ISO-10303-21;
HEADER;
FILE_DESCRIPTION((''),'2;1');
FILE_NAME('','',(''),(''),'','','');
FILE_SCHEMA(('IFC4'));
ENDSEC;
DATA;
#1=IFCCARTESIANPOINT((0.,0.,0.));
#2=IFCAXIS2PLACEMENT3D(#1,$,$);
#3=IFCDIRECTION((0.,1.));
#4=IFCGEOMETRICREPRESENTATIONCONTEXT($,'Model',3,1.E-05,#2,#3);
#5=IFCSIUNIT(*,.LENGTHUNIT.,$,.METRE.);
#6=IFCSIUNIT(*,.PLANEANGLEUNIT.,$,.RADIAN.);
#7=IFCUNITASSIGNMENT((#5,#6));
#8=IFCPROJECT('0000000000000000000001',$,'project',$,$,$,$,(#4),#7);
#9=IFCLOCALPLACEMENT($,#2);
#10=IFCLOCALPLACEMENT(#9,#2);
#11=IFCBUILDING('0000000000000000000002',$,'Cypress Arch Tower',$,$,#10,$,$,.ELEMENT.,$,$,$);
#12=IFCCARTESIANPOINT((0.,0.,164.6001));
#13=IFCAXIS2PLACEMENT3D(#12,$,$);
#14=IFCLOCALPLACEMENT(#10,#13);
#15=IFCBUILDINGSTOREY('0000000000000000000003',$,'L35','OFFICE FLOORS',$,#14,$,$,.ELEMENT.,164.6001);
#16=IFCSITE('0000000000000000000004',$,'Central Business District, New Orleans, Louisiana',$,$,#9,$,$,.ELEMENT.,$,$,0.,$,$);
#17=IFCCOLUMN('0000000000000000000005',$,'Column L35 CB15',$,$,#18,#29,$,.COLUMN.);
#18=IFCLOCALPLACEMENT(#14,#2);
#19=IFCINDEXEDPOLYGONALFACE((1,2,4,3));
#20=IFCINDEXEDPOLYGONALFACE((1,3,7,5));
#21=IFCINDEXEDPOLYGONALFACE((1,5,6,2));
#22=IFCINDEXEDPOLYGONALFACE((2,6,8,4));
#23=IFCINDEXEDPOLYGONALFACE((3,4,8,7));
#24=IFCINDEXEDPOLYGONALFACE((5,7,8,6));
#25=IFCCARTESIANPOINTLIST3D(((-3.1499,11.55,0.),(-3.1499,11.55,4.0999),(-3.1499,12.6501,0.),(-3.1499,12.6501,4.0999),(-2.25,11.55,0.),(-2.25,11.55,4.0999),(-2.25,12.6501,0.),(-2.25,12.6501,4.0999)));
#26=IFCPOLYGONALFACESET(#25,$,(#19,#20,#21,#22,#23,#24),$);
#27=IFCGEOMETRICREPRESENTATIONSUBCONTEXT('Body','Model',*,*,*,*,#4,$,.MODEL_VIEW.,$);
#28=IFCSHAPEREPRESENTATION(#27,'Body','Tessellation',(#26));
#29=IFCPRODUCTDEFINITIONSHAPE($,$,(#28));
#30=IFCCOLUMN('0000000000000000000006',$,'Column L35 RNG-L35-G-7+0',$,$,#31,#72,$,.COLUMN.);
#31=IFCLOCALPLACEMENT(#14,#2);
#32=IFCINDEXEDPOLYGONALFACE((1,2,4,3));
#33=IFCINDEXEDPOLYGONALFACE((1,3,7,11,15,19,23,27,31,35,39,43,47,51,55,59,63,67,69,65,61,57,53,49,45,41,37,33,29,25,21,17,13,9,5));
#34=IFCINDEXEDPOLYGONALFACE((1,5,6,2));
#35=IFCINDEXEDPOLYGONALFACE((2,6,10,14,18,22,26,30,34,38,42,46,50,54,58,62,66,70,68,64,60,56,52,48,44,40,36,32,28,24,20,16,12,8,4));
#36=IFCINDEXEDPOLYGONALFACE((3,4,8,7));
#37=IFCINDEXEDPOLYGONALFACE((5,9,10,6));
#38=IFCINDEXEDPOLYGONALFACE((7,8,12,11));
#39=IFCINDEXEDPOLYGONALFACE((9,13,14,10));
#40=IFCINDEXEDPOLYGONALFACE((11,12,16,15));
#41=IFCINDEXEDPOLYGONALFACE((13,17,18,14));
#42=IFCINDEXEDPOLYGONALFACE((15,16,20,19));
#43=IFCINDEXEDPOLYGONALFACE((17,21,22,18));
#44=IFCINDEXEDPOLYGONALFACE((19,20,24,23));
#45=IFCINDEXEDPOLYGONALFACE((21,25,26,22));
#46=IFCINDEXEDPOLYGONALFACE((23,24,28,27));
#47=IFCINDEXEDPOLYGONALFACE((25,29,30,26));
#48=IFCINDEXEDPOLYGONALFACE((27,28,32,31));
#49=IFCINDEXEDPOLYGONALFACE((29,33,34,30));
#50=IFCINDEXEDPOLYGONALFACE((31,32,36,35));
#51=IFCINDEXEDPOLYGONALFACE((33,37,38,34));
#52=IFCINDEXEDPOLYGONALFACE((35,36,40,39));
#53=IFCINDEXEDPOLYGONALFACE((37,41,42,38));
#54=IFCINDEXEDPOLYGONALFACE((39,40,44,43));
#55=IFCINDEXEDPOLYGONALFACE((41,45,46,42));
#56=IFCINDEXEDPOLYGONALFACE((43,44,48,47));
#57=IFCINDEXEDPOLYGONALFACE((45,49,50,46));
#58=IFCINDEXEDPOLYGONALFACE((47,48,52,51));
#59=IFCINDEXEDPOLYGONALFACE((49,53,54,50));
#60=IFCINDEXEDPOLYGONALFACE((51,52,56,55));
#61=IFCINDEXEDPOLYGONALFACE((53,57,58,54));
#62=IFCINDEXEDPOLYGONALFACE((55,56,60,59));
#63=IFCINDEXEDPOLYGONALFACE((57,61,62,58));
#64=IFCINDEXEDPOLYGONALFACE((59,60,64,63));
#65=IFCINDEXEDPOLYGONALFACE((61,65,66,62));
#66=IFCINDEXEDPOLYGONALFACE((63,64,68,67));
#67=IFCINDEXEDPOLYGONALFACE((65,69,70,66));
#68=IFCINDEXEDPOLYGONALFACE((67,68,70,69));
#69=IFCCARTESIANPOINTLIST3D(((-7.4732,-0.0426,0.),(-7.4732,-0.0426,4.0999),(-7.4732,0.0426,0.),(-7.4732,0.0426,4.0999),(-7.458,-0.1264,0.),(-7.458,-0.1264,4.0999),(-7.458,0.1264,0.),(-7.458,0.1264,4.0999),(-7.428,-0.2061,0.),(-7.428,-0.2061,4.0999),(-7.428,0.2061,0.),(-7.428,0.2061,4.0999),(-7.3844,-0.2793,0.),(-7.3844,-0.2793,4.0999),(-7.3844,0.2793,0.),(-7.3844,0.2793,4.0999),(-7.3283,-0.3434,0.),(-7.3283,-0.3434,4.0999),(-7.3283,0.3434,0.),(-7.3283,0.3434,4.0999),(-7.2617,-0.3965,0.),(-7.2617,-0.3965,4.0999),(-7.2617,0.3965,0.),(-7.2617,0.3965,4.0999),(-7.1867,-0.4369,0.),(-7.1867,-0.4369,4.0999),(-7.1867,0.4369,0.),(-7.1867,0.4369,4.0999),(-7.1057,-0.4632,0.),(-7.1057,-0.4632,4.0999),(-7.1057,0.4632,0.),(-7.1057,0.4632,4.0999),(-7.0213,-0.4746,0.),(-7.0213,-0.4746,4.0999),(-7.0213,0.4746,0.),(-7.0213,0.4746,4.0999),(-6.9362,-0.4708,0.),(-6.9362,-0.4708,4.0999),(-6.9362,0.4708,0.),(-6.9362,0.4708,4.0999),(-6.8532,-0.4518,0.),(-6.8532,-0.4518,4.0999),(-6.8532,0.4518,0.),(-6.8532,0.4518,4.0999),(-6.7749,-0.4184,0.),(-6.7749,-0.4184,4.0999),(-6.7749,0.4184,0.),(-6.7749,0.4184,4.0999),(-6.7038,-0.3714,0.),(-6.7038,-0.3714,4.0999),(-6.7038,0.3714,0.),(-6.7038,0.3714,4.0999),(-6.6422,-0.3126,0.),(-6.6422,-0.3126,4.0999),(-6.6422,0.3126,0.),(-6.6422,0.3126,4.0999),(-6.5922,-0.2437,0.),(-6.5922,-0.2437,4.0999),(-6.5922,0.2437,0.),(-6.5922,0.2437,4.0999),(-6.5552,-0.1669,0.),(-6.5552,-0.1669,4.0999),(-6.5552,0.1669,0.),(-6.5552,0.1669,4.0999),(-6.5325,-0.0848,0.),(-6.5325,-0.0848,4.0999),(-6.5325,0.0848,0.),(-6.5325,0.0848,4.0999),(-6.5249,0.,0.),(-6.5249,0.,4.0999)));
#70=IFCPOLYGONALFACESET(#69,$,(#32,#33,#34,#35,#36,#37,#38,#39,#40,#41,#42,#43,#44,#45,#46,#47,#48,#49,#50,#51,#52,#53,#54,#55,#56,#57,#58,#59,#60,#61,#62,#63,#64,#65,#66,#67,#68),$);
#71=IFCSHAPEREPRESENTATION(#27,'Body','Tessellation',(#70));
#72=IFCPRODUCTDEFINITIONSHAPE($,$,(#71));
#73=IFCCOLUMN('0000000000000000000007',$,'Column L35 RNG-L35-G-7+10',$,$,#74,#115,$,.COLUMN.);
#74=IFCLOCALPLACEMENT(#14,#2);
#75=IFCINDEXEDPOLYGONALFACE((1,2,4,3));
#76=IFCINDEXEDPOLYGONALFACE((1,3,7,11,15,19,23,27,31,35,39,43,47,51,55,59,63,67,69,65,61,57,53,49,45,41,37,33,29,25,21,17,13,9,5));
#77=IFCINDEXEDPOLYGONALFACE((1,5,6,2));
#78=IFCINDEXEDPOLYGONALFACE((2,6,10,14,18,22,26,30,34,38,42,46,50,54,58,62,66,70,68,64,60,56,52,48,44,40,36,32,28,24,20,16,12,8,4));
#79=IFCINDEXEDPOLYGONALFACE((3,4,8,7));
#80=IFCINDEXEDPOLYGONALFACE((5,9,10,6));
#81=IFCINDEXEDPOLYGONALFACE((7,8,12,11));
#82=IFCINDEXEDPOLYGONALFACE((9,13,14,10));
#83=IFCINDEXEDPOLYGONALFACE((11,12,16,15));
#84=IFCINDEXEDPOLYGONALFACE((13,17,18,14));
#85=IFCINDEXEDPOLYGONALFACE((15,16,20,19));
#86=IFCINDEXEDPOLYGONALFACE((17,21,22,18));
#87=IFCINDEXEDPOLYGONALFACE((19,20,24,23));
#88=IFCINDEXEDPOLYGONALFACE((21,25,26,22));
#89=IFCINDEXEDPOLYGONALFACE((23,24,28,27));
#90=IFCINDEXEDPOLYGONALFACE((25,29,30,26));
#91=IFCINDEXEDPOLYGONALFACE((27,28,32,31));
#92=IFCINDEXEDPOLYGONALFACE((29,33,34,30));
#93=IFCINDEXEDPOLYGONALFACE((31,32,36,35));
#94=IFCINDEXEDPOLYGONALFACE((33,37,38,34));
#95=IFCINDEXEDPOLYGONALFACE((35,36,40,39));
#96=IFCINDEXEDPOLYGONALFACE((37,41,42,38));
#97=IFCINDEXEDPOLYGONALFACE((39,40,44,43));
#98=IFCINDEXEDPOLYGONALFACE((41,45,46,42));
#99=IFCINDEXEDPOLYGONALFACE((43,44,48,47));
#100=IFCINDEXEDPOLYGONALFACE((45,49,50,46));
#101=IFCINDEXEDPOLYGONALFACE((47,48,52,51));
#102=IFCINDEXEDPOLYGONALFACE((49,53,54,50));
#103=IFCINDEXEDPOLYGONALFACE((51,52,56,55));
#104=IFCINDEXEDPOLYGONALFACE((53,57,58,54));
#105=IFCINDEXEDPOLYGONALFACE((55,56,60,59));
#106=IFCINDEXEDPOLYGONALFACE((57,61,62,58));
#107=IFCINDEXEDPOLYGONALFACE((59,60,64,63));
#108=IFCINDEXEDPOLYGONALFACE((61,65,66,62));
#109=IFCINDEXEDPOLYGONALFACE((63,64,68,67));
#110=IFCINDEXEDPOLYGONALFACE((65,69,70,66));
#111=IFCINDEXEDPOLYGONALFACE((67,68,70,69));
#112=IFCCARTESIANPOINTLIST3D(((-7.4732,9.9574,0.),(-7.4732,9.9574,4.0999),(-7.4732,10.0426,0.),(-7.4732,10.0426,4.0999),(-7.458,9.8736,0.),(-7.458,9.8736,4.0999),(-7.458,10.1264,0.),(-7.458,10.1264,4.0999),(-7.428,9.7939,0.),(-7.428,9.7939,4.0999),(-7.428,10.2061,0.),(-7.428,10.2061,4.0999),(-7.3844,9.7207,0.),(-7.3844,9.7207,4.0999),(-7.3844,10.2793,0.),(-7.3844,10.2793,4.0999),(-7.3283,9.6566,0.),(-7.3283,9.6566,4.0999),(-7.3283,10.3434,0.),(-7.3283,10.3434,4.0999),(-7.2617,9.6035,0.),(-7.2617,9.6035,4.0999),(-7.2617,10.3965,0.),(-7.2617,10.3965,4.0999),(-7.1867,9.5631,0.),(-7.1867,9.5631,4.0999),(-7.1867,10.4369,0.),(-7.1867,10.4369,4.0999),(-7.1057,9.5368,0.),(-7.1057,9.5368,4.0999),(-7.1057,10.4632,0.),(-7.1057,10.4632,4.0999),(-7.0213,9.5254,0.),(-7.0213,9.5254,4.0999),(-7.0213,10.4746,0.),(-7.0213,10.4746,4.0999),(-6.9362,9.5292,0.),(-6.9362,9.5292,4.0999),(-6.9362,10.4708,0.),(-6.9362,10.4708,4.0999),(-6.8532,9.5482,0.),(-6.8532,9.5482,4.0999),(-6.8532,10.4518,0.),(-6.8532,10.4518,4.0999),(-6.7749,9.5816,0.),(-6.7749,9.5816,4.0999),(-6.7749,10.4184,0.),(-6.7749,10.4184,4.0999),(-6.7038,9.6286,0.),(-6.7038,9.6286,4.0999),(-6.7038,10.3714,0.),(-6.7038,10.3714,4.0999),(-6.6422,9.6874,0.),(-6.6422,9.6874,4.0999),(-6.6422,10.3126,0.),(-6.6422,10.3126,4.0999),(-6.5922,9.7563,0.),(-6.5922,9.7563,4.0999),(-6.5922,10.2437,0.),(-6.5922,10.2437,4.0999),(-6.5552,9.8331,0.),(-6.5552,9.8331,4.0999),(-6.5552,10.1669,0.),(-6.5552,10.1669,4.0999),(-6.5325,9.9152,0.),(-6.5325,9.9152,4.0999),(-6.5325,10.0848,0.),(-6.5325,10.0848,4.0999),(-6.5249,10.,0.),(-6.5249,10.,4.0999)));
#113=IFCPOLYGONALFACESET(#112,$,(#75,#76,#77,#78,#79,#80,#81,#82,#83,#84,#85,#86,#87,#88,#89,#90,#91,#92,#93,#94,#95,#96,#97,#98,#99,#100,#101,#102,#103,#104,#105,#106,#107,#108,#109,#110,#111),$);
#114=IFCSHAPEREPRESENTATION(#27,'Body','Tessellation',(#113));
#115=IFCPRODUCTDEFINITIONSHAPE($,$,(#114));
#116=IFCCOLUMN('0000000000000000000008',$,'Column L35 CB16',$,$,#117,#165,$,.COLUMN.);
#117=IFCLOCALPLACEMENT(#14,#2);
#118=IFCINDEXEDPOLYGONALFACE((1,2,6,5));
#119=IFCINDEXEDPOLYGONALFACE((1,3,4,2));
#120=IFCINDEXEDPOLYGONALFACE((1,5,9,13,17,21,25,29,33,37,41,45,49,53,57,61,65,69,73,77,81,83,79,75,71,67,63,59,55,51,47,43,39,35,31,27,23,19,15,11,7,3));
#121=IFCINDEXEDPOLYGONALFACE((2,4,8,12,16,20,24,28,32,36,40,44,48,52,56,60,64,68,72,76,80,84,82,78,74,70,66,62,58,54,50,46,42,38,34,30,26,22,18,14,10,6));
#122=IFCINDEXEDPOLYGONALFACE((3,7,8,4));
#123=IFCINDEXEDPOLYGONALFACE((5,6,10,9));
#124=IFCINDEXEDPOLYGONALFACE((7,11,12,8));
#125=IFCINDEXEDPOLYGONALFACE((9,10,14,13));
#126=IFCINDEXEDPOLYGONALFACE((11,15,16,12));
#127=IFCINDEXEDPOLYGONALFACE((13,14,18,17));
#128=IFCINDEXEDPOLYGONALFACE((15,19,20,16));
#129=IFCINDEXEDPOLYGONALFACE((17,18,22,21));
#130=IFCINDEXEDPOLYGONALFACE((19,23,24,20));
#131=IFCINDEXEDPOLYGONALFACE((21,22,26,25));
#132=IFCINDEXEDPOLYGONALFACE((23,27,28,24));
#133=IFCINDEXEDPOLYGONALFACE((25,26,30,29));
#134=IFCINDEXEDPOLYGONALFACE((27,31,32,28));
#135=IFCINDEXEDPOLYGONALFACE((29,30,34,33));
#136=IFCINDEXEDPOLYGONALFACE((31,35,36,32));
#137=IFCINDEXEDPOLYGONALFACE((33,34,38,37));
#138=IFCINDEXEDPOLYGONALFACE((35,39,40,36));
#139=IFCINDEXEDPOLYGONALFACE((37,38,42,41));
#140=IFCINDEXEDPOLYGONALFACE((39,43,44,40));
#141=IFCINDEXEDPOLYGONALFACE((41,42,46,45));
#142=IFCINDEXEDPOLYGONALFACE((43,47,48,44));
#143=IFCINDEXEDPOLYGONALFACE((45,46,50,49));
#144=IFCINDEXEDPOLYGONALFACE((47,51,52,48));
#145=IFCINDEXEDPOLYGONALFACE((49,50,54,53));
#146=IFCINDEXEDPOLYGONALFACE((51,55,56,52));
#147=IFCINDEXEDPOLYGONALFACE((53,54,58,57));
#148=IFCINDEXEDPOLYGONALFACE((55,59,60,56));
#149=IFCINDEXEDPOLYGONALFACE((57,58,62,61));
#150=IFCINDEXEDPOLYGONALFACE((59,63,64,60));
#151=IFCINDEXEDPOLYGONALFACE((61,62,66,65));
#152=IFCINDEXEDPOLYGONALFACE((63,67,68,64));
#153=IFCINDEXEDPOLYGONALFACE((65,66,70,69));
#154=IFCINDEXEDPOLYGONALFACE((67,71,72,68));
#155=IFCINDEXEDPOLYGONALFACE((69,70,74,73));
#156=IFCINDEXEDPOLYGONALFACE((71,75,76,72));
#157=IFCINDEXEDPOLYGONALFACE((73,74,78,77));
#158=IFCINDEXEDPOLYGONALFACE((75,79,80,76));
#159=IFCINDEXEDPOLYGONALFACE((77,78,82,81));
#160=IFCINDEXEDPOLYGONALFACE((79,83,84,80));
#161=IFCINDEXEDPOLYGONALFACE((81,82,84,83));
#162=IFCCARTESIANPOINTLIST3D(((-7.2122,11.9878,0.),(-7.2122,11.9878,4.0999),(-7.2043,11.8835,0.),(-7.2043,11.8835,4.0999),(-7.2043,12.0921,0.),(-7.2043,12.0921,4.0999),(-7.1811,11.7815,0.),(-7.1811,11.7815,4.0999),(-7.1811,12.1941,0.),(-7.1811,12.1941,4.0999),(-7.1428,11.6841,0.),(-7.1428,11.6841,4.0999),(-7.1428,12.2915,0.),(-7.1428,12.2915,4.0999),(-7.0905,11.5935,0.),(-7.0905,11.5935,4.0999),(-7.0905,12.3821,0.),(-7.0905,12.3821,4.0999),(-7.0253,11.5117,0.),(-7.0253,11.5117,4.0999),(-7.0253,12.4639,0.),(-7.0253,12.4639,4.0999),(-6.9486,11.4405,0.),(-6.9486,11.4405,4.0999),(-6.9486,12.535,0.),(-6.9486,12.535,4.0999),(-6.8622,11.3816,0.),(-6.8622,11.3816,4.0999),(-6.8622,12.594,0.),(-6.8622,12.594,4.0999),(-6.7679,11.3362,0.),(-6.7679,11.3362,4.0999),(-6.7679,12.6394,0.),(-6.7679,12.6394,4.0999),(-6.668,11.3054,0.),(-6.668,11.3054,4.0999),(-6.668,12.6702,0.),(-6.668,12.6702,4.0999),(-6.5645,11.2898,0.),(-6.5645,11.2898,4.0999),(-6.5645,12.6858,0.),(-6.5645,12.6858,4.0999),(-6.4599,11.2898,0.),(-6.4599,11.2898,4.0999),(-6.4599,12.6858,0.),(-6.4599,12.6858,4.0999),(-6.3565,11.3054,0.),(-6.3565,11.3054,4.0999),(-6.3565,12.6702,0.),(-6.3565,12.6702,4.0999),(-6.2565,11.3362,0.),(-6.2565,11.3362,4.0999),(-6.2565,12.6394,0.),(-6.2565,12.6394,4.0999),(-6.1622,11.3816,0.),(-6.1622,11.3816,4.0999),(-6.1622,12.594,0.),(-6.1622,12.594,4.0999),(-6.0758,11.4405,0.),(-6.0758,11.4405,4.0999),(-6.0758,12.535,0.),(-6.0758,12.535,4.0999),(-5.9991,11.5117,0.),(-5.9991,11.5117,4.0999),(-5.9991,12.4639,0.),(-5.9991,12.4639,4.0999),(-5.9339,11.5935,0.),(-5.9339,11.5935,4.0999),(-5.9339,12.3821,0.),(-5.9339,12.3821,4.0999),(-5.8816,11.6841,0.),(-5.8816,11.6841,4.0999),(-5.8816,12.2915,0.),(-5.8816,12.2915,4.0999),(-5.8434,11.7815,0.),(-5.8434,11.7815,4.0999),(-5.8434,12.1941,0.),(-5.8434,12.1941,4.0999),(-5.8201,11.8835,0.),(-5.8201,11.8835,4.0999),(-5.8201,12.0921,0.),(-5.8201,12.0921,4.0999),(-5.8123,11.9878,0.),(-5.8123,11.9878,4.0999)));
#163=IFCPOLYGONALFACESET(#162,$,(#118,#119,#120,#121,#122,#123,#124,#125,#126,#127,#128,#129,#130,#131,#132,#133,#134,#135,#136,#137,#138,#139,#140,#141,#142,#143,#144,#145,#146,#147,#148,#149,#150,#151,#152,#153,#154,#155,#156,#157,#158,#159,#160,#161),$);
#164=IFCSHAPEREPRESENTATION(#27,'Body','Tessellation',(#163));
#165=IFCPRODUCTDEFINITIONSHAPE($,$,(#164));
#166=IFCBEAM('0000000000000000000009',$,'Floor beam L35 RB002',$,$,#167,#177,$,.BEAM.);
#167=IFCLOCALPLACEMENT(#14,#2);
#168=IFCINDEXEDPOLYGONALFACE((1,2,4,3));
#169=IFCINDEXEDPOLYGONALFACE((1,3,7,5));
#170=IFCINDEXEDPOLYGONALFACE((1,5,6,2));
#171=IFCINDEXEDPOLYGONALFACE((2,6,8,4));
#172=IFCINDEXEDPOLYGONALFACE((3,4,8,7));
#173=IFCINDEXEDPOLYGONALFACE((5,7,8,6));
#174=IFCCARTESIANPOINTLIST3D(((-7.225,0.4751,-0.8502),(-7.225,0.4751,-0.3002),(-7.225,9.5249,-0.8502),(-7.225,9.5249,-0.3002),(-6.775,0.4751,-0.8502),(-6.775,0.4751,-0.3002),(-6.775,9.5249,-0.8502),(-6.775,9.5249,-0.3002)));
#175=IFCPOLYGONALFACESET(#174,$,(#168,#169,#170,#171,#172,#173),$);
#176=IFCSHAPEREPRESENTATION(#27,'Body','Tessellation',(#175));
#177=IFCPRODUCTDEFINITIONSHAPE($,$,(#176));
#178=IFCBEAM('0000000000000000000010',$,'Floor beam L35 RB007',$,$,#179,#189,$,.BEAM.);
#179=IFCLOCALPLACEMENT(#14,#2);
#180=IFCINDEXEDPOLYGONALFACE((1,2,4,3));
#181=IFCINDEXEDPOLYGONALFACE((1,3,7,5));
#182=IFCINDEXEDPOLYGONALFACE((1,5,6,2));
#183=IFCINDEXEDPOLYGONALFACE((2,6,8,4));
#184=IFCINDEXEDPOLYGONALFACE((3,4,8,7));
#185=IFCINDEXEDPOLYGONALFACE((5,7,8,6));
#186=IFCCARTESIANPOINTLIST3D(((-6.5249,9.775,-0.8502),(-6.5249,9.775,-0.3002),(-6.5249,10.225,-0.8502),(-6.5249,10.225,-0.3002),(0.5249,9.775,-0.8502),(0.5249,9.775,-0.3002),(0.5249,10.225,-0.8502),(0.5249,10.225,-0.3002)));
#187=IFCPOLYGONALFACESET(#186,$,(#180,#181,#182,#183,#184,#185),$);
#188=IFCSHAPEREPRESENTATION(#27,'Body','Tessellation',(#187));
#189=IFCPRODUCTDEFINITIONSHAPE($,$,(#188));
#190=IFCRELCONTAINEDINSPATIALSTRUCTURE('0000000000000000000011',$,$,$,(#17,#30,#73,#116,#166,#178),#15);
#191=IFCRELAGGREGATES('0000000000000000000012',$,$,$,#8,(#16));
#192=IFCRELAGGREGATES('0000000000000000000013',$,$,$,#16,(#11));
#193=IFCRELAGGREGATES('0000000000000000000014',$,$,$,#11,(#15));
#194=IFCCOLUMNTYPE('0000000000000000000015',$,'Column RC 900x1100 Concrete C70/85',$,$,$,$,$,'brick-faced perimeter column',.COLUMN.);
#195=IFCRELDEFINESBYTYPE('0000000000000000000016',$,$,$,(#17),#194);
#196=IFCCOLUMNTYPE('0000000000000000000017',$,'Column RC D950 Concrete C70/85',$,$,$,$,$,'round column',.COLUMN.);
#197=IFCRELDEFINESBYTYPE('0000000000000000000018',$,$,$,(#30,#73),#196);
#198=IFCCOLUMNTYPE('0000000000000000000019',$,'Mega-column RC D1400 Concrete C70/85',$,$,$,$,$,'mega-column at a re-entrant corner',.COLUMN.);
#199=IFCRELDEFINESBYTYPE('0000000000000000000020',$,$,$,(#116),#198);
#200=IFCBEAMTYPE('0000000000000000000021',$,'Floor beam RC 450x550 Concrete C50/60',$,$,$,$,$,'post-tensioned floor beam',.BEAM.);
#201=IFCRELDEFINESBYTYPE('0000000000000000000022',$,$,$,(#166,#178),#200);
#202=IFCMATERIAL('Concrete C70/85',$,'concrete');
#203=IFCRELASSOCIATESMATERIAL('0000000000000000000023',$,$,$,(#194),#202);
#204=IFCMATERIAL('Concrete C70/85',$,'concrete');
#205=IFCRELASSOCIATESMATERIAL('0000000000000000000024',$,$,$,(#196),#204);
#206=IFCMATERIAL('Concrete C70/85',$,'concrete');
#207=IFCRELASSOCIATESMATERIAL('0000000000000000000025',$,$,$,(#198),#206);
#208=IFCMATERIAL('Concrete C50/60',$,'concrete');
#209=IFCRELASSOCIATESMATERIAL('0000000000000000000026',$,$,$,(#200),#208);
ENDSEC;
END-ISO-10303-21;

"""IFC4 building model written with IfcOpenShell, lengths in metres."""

from ifc_helpers import new_model, si_unit, direction, frame, origin, origin_2d, place, context, subcontext, project, spatial, rectangle, circle, extrude, material, material_profile, profile_set, type_object, element, save


model = new_model("IFC4")

# Units and contexts
model_context = context("Model", 3, precision=1e-05, world=origin(), true_north=direction((0.0, 1.0)))
body_context = subcontext(model_context, "Body", "Model", "MODEL_VIEW")
ifc_project = project(units=[si_unit("LENGTHUNIT", "METRE"), si_unit("PLANEANGLEUNIT", "RADIAN")], contexts=[model_context])

# Site, building, storey
site_placement = place(None, origin())
site = spatial("IfcSite", under=ifc_project, at=site_placement, Name="Central Business District, New Orleans, Louisiana", CompositionType="ELEMENT", RefElevation=0.0)
building_placement = place(site_placement, origin())
building = spatial("IfcBuilding", under=site, at=building_placement, Name="Cypress Arch Tower", CompositionType="ELEMENT")
storey_placement = place(building_placement, frame((0.0, 0.0, 164.6001)))
storey = spatial("IfcBuildingStorey", under=building, at=storey_placement, Name="L35", Description="OFFICE FLOORS", CompositionType="ELEMENT", Elevation=164.6001)

# Columns
ifc_material_1 = material(Name="Concrete C70/85", Category="concrete")
ifc_material_profile_1 = material_profile(ifc_material_1, rectangle(XDim=0.8999, YDim=1.1001, at=origin_2d()), Name="RC 900x1100")
ifc_profile_set_1 = profile_set([ifc_material_profile_1], Name="Concrete C70/85")
column_type_1 = type_object("IfcColumnType", Name="Column RC 900x1100 Concrete C70/85", ElementType="brick-faced perimeter column", PredefinedType="COLUMN", material=ifc_profile_set_1)
column_1_placement = place(storey_placement, frame((-2.7, 12.1001, 0.0), z_axis=(0.0, 0.0, 1.0), x_axis=(-1.0, 0.0, 0.0)))
element("IfcColumn", 1, at=column_1_placement, inside=storey, type_object=column_type_1, Name="Column L35 CB15", PredefinedType="COLUMN", context=body_context, shape_type="SweptSolid", body=[
    extrude(rectangle(XDim=0.8999, YDim=1.1001, at=origin_2d()), origin(), (0.0, 0.0, 1.0), 4.0999),
])
ifc_material_2 = material(Name="Concrete C70/85", Category="concrete")
ifc_material_profile_2 = material_profile(ifc_material_2, circle(Radius=0.4751, at=origin_2d()), Name="RC D950")
ifc_profile_set_2 = profile_set([ifc_material_profile_2], Name="Concrete C70/85")
column_type_2 = type_object("IfcColumnType", Name="Column RC D950 Concrete C70/85", ElementType="round column", PredefinedType="COLUMN", material=ifc_profile_set_2)
for number, where, z_axis, x_axis, name in (
    (2, (-7.0, 0.0, 0.0), (0.0, 0.0, 1.0), (1.0, 0.0, 0.0), "Column L35 RNG-L35-G-7+0"),
    (3, (-7.0, 10.0, 0.0), (0.0, 0.0, 1.0), (1.0, 0.0, 0.0), "Column L35 RNG-L35-G-7+10"),
):
    element("IfcColumn", number, at=place(storey_placement, frame(where, z_axis=z_axis, x_axis=x_axis)), inside=storey, type_object=column_type_2, Name=name, PredefinedType="COLUMN", context=body_context, shape_type="SweptSolid", body=[
        extrude(circle(Radius=0.4751, at=origin_2d()), origin(), (0.0, 0.0, 1.0), 4.0999),
    ])
ifc_material_3 = material(Name="Concrete C70/85", Category="concrete")
ifc_material_profile_3 = material_profile(ifc_material_3, circle(Radius=0.7, at=origin_2d()), Name="RC D1400")
ifc_profile_set_3 = profile_set([ifc_material_profile_3], Name="Concrete C70/85")
column_type_3 = type_object("IfcColumnType", Name="Mega-column RC D1400 Concrete C70/85", ElementType="mega-column at a re-entrant corner", PredefinedType="COLUMN", material=ifc_profile_set_3)
column_2_placement = place(storey_placement, frame((-6.5122, 11.9878, 0.0), z_axis=(0.0, 0.0, 1.0), x_axis=(1.0, 0.0, 0.0)))
element("IfcColumn", 4, at=column_2_placement, inside=storey, type_object=column_type_3, Name="Column L35 CB16", PredefinedType="COLUMN", context=body_context, shape_type="SweptSolid", body=[
    extrude(circle(Radius=0.7, at=origin_2d()), origin(), (0.0, 0.0, 1.0), 4.0999),
])

# Beams
ifc_material_4 = material(Name="Concrete C50/60", Category="concrete")
ifc_material_profile_4 = material_profile(ifc_material_4, rectangle(XDim=0.45, YDim=0.55, at=origin_2d()), Name="RC 450x550")
ifc_profile_set_4 = profile_set([ifc_material_profile_4], Name="Concrete C50/60")
beam_type_1 = type_object("IfcBeamType", Name="Floor beam RC 450x550 Concrete C50/60", ElementType="post-tensioned floor beam", PredefinedType="BEAM", material=ifc_profile_set_4)
beam_1_placement = place(storey_placement, frame((-7.0, 0.4751, -0.5752), z_axis=(0.0, 1.0, 0.0), x_axis=(-1.0, 0.0, 0.0)))
element("IfcBeam", 5, at=beam_1_placement, inside=storey, type_object=beam_type_1, Name="Floor beam L35 RB002", PredefinedType="BEAM", context=body_context, shape_type="SweptSolid", body=[
    extrude(rectangle(XDim=0.45, YDim=0.55, at=origin_2d()), origin(), (0.0, 0.0, 1.0), 9.0498),
])
beam_2_placement = place(storey_placement, frame((-6.5249, 10.0, -0.5752), z_axis=(1.0, 0.0, 0.0), x_axis=(0.0, 1.0, 0.0)))
element("IfcBeam", 6, at=beam_2_placement, inside=storey, type_object=beam_type_1, Name="Floor beam L35 RB007", PredefinedType="BEAM", context=body_context, shape_type="SweptSolid", body=[
    extrude(rectangle(XDim=0.45, YDim=0.55, at=origin_2d()), origin(), (0.0, 0.0, 1.0), 7.0498),
])

save(model, "model.ifc")
